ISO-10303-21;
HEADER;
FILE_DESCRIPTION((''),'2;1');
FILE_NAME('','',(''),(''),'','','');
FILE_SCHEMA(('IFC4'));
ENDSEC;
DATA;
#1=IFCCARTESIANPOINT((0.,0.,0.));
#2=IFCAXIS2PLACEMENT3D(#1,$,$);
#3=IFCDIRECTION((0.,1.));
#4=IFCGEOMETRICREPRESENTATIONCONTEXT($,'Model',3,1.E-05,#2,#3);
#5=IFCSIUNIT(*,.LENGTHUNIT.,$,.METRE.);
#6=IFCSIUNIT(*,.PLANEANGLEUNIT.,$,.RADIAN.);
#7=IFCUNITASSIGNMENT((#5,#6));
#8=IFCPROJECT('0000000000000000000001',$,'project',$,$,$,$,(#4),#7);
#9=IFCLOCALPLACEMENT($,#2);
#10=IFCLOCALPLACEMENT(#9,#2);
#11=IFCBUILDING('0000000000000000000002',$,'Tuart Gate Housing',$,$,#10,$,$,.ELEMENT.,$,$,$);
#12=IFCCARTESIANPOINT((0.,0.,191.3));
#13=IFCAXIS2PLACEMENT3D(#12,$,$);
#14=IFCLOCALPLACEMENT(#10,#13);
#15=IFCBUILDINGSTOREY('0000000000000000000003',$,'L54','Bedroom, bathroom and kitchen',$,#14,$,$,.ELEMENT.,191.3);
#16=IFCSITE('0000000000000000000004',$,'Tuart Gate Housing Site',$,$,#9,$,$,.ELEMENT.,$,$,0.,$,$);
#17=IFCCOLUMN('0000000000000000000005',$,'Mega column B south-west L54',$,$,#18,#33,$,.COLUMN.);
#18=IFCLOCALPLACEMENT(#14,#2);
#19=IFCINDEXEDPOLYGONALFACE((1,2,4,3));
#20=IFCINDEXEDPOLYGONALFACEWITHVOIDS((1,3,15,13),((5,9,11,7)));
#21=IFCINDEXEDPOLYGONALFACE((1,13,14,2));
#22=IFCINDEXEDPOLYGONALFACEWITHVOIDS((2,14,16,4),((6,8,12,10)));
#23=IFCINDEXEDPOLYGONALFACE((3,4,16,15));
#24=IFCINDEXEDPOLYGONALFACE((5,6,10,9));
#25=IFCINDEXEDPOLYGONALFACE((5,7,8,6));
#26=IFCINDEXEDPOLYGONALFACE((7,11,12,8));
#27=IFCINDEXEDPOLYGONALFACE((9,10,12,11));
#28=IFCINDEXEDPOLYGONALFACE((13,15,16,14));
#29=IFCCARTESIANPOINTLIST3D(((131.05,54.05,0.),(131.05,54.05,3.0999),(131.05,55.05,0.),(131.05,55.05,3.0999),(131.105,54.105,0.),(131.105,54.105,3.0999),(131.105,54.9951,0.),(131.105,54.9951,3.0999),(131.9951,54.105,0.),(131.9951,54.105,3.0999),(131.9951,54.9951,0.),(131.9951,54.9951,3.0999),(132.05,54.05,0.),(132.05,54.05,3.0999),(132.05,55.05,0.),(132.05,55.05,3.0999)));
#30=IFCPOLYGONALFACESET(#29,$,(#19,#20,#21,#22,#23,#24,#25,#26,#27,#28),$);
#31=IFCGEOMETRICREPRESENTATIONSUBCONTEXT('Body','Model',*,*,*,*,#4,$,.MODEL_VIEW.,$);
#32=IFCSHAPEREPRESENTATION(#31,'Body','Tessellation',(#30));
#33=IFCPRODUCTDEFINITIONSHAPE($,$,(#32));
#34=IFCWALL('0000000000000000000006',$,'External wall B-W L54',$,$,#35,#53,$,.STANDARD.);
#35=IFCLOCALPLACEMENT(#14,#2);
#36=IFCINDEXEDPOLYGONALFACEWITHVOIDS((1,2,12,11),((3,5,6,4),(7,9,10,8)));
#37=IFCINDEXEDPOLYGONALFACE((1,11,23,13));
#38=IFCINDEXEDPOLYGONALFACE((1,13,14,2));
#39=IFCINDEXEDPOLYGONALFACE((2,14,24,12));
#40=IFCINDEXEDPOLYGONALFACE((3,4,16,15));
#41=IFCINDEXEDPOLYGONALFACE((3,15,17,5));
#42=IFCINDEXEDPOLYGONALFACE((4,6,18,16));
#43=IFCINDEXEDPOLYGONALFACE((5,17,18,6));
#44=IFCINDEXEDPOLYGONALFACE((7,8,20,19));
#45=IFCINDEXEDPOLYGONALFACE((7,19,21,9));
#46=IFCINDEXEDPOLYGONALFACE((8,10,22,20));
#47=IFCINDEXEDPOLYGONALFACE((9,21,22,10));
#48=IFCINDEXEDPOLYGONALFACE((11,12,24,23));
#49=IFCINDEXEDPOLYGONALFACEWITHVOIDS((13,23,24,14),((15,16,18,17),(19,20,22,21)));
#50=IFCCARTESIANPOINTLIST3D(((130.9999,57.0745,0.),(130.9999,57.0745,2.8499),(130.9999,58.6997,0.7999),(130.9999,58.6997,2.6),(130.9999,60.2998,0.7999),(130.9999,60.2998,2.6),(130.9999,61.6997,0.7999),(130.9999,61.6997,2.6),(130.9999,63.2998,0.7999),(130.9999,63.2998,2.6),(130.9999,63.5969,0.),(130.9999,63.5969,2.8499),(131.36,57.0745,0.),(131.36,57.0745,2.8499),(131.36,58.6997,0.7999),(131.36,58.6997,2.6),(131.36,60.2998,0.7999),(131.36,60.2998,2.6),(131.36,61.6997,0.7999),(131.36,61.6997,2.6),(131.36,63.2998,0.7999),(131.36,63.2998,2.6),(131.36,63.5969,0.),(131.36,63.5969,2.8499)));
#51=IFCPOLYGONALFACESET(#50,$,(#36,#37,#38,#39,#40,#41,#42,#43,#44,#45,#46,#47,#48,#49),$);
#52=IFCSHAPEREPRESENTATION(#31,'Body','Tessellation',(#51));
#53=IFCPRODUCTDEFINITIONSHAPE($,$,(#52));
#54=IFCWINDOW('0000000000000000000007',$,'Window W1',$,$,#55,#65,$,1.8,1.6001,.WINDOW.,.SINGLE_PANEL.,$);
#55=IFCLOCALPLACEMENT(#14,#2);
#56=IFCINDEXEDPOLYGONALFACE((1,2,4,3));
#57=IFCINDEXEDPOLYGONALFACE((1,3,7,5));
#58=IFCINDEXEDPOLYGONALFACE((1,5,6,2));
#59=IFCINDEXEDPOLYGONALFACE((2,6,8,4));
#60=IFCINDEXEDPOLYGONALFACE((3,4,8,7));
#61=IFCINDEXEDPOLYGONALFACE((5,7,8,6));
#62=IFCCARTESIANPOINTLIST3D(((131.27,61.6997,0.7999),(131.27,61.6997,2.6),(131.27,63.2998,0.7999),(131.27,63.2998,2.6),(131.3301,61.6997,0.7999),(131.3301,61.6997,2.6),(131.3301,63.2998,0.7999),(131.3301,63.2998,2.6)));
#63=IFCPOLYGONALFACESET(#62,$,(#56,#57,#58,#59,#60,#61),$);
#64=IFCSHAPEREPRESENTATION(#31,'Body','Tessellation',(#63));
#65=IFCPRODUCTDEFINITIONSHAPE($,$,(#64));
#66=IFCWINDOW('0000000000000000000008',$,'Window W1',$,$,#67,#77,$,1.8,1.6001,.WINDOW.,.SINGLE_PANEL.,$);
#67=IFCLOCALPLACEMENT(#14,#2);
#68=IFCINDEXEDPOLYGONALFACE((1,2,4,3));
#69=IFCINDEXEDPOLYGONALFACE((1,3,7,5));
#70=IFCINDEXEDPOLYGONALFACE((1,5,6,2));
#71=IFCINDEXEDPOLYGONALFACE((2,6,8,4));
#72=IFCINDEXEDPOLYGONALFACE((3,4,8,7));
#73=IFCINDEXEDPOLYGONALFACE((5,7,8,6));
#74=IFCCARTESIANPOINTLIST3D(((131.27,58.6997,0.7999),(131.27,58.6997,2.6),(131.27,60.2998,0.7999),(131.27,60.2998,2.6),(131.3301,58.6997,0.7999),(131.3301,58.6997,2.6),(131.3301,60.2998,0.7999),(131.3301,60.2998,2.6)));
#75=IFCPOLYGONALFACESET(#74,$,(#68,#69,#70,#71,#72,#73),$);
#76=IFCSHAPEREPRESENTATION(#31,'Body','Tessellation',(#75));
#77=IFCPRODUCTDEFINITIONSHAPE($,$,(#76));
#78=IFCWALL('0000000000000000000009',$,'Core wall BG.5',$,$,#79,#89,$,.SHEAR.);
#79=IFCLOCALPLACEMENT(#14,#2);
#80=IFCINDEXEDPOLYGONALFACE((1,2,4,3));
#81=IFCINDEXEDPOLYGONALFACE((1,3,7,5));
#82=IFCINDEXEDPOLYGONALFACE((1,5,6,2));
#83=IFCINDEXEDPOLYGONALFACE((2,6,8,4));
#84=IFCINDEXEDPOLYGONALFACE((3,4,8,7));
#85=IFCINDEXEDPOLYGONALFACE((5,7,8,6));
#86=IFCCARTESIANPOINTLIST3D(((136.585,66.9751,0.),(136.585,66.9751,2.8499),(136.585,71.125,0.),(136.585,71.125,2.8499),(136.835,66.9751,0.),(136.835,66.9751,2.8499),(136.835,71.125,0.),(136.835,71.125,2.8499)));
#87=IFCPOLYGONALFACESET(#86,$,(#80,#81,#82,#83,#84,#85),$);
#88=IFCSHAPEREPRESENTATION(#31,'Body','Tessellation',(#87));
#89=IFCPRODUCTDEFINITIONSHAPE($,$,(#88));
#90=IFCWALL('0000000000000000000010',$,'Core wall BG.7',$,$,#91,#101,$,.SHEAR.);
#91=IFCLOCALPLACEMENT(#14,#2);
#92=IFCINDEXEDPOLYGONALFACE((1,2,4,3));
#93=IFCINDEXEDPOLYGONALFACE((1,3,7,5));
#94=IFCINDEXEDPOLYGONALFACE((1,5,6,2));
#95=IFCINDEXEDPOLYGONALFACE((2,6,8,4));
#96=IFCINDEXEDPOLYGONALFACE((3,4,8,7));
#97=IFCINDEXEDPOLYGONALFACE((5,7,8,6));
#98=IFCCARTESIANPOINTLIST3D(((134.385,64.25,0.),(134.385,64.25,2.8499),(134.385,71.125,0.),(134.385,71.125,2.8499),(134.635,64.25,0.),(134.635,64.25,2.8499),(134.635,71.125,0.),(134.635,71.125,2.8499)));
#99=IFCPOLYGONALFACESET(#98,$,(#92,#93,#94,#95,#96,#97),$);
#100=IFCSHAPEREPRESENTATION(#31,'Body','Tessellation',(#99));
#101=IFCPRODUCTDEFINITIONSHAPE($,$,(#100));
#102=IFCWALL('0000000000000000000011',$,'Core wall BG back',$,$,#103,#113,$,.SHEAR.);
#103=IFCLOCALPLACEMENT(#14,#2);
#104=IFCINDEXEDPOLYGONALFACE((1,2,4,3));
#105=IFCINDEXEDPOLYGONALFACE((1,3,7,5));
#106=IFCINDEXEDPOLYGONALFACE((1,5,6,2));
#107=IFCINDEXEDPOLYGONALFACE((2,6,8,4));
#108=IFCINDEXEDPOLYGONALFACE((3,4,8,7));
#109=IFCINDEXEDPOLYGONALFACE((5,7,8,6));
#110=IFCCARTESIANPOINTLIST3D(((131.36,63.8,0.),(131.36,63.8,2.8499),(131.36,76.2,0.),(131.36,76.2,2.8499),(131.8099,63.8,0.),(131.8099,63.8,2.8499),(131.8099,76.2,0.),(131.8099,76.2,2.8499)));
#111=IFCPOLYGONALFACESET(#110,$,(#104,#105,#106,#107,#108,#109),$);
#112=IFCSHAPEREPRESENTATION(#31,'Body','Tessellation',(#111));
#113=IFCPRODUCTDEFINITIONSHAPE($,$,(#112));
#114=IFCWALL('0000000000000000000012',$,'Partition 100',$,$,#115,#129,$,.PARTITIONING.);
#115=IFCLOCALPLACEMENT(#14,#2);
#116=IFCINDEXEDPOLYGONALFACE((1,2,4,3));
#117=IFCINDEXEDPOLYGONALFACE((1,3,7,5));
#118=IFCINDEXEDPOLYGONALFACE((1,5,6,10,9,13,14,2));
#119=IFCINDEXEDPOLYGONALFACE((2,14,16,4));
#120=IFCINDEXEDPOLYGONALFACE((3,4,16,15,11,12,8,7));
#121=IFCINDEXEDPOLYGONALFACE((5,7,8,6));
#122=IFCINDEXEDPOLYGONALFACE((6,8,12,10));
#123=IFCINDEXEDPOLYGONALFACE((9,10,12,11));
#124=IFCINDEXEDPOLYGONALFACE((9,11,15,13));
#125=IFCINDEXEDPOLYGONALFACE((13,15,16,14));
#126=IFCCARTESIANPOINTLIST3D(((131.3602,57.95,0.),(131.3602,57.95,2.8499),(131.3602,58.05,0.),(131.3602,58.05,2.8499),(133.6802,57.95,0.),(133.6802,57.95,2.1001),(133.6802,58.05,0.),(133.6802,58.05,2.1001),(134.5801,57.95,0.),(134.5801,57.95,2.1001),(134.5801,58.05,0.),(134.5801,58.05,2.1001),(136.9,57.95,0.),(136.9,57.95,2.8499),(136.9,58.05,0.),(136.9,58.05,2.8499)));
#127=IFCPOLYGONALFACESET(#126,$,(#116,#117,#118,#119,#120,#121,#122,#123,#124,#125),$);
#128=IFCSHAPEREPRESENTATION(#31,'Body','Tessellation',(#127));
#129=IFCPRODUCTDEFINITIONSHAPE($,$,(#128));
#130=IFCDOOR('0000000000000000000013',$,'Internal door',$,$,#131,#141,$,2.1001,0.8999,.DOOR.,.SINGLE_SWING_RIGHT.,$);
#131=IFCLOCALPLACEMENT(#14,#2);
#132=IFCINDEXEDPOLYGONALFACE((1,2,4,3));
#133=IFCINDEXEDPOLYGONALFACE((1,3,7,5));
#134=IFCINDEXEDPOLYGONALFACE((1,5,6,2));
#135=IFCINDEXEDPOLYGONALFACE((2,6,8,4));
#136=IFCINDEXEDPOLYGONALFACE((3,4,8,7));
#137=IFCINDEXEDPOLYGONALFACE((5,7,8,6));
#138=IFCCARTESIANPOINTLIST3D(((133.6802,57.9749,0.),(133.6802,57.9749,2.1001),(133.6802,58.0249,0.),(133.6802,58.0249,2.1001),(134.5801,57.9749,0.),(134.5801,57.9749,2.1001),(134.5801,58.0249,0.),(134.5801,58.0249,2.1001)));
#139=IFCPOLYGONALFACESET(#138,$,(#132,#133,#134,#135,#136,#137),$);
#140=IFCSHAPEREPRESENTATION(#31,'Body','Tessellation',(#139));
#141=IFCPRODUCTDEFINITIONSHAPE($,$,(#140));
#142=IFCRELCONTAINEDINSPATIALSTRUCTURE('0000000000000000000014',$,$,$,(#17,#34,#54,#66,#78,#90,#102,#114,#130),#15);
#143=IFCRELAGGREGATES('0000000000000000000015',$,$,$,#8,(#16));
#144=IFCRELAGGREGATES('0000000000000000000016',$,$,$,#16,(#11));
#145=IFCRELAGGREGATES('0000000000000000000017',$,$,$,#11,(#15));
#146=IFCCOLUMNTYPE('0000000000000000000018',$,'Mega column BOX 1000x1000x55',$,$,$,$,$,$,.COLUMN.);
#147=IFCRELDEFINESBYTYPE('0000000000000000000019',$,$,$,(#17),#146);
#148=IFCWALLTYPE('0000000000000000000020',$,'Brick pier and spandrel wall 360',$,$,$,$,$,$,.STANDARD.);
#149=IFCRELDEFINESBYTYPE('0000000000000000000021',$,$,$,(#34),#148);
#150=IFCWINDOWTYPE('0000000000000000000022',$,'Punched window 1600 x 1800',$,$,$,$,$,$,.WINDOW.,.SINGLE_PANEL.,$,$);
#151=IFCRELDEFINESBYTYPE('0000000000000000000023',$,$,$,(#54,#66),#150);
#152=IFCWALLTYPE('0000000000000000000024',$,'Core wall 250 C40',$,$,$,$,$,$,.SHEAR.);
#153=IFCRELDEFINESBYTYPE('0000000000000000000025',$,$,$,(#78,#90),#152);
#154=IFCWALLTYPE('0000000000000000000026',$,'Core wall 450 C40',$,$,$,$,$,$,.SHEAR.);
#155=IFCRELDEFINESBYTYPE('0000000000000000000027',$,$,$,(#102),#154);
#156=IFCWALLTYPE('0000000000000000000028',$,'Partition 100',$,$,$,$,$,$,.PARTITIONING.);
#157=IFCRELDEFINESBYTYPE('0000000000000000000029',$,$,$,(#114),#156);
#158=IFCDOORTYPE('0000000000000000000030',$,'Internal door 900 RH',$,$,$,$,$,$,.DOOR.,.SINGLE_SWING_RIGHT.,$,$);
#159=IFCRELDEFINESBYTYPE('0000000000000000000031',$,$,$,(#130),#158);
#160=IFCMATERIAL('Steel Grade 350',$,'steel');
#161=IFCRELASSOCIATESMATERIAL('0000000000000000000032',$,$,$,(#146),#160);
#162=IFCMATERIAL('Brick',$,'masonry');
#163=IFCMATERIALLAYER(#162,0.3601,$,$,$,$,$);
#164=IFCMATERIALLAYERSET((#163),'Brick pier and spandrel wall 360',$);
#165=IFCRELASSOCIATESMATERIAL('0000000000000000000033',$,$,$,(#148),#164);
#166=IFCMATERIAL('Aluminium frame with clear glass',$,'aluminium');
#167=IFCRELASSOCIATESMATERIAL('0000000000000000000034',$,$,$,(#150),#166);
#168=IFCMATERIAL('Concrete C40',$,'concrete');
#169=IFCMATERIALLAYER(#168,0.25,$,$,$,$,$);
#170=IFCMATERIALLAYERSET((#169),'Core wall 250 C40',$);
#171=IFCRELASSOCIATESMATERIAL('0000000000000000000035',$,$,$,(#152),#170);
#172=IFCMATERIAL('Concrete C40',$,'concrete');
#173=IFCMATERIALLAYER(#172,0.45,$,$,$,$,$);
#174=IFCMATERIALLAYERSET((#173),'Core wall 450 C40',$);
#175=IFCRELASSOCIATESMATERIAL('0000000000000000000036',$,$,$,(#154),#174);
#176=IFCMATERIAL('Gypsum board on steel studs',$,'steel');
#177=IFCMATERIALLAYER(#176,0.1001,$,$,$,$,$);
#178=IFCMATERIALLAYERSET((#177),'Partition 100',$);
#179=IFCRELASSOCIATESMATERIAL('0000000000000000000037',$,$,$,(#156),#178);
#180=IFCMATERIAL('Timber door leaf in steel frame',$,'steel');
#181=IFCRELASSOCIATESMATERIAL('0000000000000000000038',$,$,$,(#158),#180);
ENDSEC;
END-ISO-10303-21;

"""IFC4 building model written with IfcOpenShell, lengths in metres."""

from ifc_helpers import new_model, si_unit, direction, frame, frame_2d, origin, origin_2d, place, context, subcontext, project, spatial, rectangle, hollow_rectangle, extrude, material, layer, layer_set, material_profile, profile_set, type_object, element, fill, save


model = new_model("IFC4")

# Units and contexts
model_context = context("Model", 3, precision=1e-05, world=origin(), true_north=direction((0.0, 1.0)))
body_context = subcontext(model_context, "Body", "Model", "MODEL_VIEW")
ifc_project = project(units=[si_unit("LENGTHUNIT", "METRE"), si_unit("PLANEANGLEUNIT", "RADIAN")], contexts=[model_context])

# Site, building, storey
site_placement = place(None, origin())
site = spatial("IfcSite", under=ifc_project, at=site_placement, Name="Tuart Gate Housing Site", CompositionType="ELEMENT", RefElevation=0.0)
building_placement = place(site_placement, origin())
building = spatial("IfcBuilding", under=site, at=building_placement, Name="Tuart Gate Housing", CompositionType="ELEMENT")
storey_placement = place(building_placement, frame((0.0, 0.0, 191.3)))
storey = spatial("IfcBuildingStorey", under=building, at=storey_placement, Name="L54", Description="Bedroom, bathroom and kitchen", CompositionType="ELEMENT", Elevation=191.3)

# Column
ifc_material_1 = material(Name="Steel Grade 350", Category="steel")
ifc_material_profile = material_profile(ifc_material_1, hollow_rectangle(XDim=1.0, YDim=1.0, WallThickness=0.0549, at=origin_2d()), Name="BOX 1000x1000x55")
ifc_profile_set = profile_set([ifc_material_profile], Name="Steel Grade 350")
column_type = type_object("IfcColumnType", Name="Mega column BOX 1000x1000x55", PredefinedType="COLUMN", material=ifc_profile_set)
column_placement = place(storey_placement, frame((131.55, 54.55, 0.0), z_axis=(0.0, 0.0, 1.0), x_axis=(1.0, 0.0, 0.0)))
element("IfcColumn", 1, at=column_placement, inside=storey, type_object=column_type, Name="Mega column B south-west L54", PredefinedType="COLUMN", context=body_context, shape_type="SweptSolid", body=[
    extrude(hollow_rectangle(XDim=1.0, YDim=1.0, WallThickness=0.0549, at=origin_2d()), origin(), (0.0, 0.0, 1.0), 3.0999),
])

# Wall, openings, windows
ifc_material_2 = material(Name="Brick", Category="masonry")
ifc_layer_1 = layer(ifc_material_2, 0.3601)
ifc_layer_set_1 = layer_set([ifc_layer_1], Name="Brick pier and spandrel wall 360")
wall_type_1 = type_object("IfcWallType", Name="Brick pier and spandrel wall 360", PredefinedType="STANDARD", material=ifc_layer_set_1)
ifc_material_3 = material(Name="Aluminium frame with clear glass", Category="aluminium")
window_type_1 = type_object("IfcWindowType", Name="Punched window 1600 x 1800", PartitioningType="SINGLE_PANEL", PredefinedType="WINDOW", material=ifc_material_3)
wall_1_placement = place(storey_placement, frame((131.1799, 63.5969, 0.0), z_axis=(0.0, 0.0, 1.0), x_axis=(0.0, -1.0, 0.0)))
wall_1 = element("IfcWall", 2, at=wall_1_placement, inside=storey, type_object=wall_type_1, Name="External wall B-W L54", PredefinedType="STANDARD", context=body_context, shape_type="SweptSolid", body=[
    extrude(rectangle(XDim=6.5225, YDim=0.3601, at=frame_2d((3.2612, 0.0))), origin(), (0.0, 0.0, 1.0), 2.8499),
])
opening_1_placement = place(wall_1_placement, frame((0.2971, 0.0, 0.8)))
opening_1 = element("IfcOpeningElement", 3, at=opening_1_placement, cuts=wall_1, PredefinedType="OPENING", context=body_context, shape_type="SweptSolid", body=[
    extrude(rectangle(XDim=1.6001, YDim=1.8, at=frame_2d((0.8, 0.8999))), frame((0.0, 0.1899, 0.0), z_axis=(0.0, -1.0, 0.0), x_axis=(1.0, 0.0, 0.0)), (0.0, 0.0, 1.0), 0.3801),
])
opening_2_placement = place(wall_1_placement, frame((3.2971, 0.0, 0.8)))
opening_2 = element("IfcOpeningElement", 4, at=opening_2_placement, cuts=wall_1, PredefinedType="OPENING", context=body_context, shape_type="SweptSolid", body=[
    extrude(rectangle(XDim=1.6001, YDim=1.8, at=frame_2d((0.8, 0.8999))), frame((0.0, 0.1899, 0.0), z_axis=(0.0, -1.0, 0.0), x_axis=(1.0, 0.0, 0.0)), (0.0, 0.0, 1.0), 0.3801),
])
window_1_placement = place(opening_1_placement, origin())
window_1 = element("IfcWindow", 5, at=window_1_placement, inside=storey, type_object=window_type_1, Name="Window W1", OverallHeight=1.8, OverallWidth=1.6001, PartitioningType="SINGLE_PANEL", PredefinedType="WINDOW", context=body_context, shape_type="SweptSolid", body=[
    extrude(rectangle(XDim=1.6001, YDim=1.8, at=frame_2d((0.8, 0.8999))), frame((0.0, 0.1501, 0.0), z_axis=(0.0, -1.0, 0.0), x_axis=(1.0, 0.0, 0.0)), (0.0, 0.0, 1.0), 0.0601),
])
fill(opening_1, window_1)
window_2_placement = place(opening_2_placement, origin())
window_2 = element("IfcWindow", 6, at=window_2_placement, inside=storey, type_object=window_type_1, Name="Window W1", OverallHeight=1.8, OverallWidth=1.6001, PartitioningType="SINGLE_PANEL", PredefinedType="WINDOW", context=body_context, shape_type="SweptSolid", body=[
    extrude(rectangle(XDim=1.6001, YDim=1.8, at=frame_2d((0.8, 0.8999))), frame((0.0, 0.1501, 0.0), z_axis=(0.0, -1.0, 0.0), x_axis=(1.0, 0.0, 0.0)), (0.0, 0.0, 1.0), 0.0601),
])
fill(opening_2, window_2)

# Walls
ifc_material_4 = material(Name="Concrete C40", Category="concrete")
ifc_layer_2 = layer(ifc_material_4, 0.25)
ifc_layer_set_2 = layer_set([ifc_layer_2], Name="Core wall 250 C40")
wall_type_2 = type_object("IfcWallType", Name="Core wall 250 C40", PredefinedType="SHEAR", material=ifc_layer_set_2)
wall_2_placement = place(storey_placement, frame((136.71, 66.9751, 0.0), z_axis=(0.0, 0.0, 1.0), x_axis=(0.0, 1.0, 0.0)))
element("IfcWall", 7, at=wall_2_placement, inside=storey, type_object=wall_type_2, Name="Core wall BG.5", PredefinedType="SHEAR", context=body_context, shape_type="SweptSolid", body=[
    extrude(rectangle(XDim=4.1499, YDim=0.25, at=frame_2d((2.075, 0.0))), origin(), (0.0, 0.0, 1.0), 2.8499),
])
wall_3_placement = place(storey_placement, frame((134.51, 64.25, 0.0), z_axis=(0.0, 0.0, 1.0), x_axis=(0.0, 1.0, 0.0)))
element("IfcWall", 8, at=wall_3_placement, inside=storey, type_object=wall_type_2, Name="Core wall BG.7", PredefinedType="SHEAR", context=body_context, shape_type="SweptSolid", body=[
    extrude(rectangle(XDim=6.875, YDim=0.25, at=frame_2d((3.4375, 0.0))), origin(), (0.0, 0.0, 1.0), 2.8499),
])
ifc_material_5 = material(Name="Concrete C40", Category="concrete")
ifc_layer_3 = layer(ifc_material_5, 0.45)
ifc_layer_set_3 = layer_set([ifc_layer_3], Name="Core wall 450 C40")
wall_type_3 = type_object("IfcWallType", Name="Core wall 450 C40", PredefinedType="SHEAR", material=ifc_layer_set_3)
wall_4_placement = place(storey_placement, frame((131.585, 63.8, 0.0), z_axis=(0.0, 0.0, 1.0), x_axis=(0.0, 1.0, 0.0)))
element("IfcWall", 9, at=wall_4_placement, inside=storey, type_object=wall_type_3, Name="Core wall BG back", PredefinedType="SHEAR", context=body_context, shape_type="SweptSolid", body=[
    extrude(rectangle(XDim=12.3999, YDim=0.45, at=frame_2d((6.2, 0.0))), origin(), (0.0, 0.0, 1.0), 2.8499),
])

# Wall, opening, door
ifc_material_6 = material(Name="Gypsum board on steel studs", Category="steel")
ifc_layer_4 = layer(ifc_material_6, 0.1001)
ifc_layer_set_4 = layer_set([ifc_layer_4], Name="Partition 100")
wall_type_4 = type_object("IfcWallType", Name="Partition 100", PredefinedType="PARTITIONING", material=ifc_layer_set_4)
wall_5_placement = place(storey_placement, frame((131.3601, 58.0, 0.0), z_axis=(0.0, 0.0, 1.0), x_axis=(1.0, 0.0, 0.0)))
wall_5 = element("IfcWall", 10, at=wall_5_placement, inside=storey, type_object=wall_type_4, Name="Partition 100", PredefinedType="PARTITIONING", context=body_context, shape_type="SweptSolid", body=[
    extrude(rectangle(XDim=5.5398, YDim=0.1001, at=frame_2d((2.77, 0.0))), origin(), (0.0, 0.0, 1.0), 2.8499),
])
opening_3_placement = place(wall_5_placement, frame((2.3201, 0.0, 0.0)))
opening_3 = element("IfcOpeningElement", 11, at=opening_3_placement, cuts=wall_5, PredefinedType="OPENING", context=body_context, shape_type="SweptSolid", body=[
    extrude(rectangle(XDim=0.8999, YDim=2.1001, at=frame_2d((0.45, 1.05))), frame((0.0, 0.0601, 0.0), z_axis=(0.0, -1.0, 0.0), x_axis=(1.0, 0.0, 0.0)), (0.0, 0.0, 1.0), 0.1201),
])
ifc_material_7 = material(Name="Timber door leaf in steel frame", Category="steel")
door_type = type_object("IfcDoorType", Name="Internal door 900 RH", OperationType="SINGLE_SWING_RIGHT", PredefinedType="DOOR", material=ifc_material_7)
door_placement = place(opening_3_placement, frame((0.8999, 0.0, 0.0), z_axis=(0.0, 0.0, 1.0), x_axis=(-1.0, 0.0, 0.0)))
door = element("IfcDoor", 12, at=door_placement, inside=storey, type_object=door_type, Name="Internal door", OperationType="SINGLE_SWING_RIGHT", OverallHeight=2.1001, OverallWidth=0.8999, PredefinedType="DOOR", context=body_context, shape_type="SweptSolid", body=[
    extrude(rectangle(XDim=0.8999, YDim=2.1001, at=frame_2d((0.45, 1.05))), frame((0.0, 0.0251, 0.0), z_axis=(0.0, -1.0, 0.0), x_axis=(1.0, 0.0, 0.0)), (0.0, 0.0, 1.0), 0.05),
])
fill(opening_3, door)

save(model, "model.ifc")
